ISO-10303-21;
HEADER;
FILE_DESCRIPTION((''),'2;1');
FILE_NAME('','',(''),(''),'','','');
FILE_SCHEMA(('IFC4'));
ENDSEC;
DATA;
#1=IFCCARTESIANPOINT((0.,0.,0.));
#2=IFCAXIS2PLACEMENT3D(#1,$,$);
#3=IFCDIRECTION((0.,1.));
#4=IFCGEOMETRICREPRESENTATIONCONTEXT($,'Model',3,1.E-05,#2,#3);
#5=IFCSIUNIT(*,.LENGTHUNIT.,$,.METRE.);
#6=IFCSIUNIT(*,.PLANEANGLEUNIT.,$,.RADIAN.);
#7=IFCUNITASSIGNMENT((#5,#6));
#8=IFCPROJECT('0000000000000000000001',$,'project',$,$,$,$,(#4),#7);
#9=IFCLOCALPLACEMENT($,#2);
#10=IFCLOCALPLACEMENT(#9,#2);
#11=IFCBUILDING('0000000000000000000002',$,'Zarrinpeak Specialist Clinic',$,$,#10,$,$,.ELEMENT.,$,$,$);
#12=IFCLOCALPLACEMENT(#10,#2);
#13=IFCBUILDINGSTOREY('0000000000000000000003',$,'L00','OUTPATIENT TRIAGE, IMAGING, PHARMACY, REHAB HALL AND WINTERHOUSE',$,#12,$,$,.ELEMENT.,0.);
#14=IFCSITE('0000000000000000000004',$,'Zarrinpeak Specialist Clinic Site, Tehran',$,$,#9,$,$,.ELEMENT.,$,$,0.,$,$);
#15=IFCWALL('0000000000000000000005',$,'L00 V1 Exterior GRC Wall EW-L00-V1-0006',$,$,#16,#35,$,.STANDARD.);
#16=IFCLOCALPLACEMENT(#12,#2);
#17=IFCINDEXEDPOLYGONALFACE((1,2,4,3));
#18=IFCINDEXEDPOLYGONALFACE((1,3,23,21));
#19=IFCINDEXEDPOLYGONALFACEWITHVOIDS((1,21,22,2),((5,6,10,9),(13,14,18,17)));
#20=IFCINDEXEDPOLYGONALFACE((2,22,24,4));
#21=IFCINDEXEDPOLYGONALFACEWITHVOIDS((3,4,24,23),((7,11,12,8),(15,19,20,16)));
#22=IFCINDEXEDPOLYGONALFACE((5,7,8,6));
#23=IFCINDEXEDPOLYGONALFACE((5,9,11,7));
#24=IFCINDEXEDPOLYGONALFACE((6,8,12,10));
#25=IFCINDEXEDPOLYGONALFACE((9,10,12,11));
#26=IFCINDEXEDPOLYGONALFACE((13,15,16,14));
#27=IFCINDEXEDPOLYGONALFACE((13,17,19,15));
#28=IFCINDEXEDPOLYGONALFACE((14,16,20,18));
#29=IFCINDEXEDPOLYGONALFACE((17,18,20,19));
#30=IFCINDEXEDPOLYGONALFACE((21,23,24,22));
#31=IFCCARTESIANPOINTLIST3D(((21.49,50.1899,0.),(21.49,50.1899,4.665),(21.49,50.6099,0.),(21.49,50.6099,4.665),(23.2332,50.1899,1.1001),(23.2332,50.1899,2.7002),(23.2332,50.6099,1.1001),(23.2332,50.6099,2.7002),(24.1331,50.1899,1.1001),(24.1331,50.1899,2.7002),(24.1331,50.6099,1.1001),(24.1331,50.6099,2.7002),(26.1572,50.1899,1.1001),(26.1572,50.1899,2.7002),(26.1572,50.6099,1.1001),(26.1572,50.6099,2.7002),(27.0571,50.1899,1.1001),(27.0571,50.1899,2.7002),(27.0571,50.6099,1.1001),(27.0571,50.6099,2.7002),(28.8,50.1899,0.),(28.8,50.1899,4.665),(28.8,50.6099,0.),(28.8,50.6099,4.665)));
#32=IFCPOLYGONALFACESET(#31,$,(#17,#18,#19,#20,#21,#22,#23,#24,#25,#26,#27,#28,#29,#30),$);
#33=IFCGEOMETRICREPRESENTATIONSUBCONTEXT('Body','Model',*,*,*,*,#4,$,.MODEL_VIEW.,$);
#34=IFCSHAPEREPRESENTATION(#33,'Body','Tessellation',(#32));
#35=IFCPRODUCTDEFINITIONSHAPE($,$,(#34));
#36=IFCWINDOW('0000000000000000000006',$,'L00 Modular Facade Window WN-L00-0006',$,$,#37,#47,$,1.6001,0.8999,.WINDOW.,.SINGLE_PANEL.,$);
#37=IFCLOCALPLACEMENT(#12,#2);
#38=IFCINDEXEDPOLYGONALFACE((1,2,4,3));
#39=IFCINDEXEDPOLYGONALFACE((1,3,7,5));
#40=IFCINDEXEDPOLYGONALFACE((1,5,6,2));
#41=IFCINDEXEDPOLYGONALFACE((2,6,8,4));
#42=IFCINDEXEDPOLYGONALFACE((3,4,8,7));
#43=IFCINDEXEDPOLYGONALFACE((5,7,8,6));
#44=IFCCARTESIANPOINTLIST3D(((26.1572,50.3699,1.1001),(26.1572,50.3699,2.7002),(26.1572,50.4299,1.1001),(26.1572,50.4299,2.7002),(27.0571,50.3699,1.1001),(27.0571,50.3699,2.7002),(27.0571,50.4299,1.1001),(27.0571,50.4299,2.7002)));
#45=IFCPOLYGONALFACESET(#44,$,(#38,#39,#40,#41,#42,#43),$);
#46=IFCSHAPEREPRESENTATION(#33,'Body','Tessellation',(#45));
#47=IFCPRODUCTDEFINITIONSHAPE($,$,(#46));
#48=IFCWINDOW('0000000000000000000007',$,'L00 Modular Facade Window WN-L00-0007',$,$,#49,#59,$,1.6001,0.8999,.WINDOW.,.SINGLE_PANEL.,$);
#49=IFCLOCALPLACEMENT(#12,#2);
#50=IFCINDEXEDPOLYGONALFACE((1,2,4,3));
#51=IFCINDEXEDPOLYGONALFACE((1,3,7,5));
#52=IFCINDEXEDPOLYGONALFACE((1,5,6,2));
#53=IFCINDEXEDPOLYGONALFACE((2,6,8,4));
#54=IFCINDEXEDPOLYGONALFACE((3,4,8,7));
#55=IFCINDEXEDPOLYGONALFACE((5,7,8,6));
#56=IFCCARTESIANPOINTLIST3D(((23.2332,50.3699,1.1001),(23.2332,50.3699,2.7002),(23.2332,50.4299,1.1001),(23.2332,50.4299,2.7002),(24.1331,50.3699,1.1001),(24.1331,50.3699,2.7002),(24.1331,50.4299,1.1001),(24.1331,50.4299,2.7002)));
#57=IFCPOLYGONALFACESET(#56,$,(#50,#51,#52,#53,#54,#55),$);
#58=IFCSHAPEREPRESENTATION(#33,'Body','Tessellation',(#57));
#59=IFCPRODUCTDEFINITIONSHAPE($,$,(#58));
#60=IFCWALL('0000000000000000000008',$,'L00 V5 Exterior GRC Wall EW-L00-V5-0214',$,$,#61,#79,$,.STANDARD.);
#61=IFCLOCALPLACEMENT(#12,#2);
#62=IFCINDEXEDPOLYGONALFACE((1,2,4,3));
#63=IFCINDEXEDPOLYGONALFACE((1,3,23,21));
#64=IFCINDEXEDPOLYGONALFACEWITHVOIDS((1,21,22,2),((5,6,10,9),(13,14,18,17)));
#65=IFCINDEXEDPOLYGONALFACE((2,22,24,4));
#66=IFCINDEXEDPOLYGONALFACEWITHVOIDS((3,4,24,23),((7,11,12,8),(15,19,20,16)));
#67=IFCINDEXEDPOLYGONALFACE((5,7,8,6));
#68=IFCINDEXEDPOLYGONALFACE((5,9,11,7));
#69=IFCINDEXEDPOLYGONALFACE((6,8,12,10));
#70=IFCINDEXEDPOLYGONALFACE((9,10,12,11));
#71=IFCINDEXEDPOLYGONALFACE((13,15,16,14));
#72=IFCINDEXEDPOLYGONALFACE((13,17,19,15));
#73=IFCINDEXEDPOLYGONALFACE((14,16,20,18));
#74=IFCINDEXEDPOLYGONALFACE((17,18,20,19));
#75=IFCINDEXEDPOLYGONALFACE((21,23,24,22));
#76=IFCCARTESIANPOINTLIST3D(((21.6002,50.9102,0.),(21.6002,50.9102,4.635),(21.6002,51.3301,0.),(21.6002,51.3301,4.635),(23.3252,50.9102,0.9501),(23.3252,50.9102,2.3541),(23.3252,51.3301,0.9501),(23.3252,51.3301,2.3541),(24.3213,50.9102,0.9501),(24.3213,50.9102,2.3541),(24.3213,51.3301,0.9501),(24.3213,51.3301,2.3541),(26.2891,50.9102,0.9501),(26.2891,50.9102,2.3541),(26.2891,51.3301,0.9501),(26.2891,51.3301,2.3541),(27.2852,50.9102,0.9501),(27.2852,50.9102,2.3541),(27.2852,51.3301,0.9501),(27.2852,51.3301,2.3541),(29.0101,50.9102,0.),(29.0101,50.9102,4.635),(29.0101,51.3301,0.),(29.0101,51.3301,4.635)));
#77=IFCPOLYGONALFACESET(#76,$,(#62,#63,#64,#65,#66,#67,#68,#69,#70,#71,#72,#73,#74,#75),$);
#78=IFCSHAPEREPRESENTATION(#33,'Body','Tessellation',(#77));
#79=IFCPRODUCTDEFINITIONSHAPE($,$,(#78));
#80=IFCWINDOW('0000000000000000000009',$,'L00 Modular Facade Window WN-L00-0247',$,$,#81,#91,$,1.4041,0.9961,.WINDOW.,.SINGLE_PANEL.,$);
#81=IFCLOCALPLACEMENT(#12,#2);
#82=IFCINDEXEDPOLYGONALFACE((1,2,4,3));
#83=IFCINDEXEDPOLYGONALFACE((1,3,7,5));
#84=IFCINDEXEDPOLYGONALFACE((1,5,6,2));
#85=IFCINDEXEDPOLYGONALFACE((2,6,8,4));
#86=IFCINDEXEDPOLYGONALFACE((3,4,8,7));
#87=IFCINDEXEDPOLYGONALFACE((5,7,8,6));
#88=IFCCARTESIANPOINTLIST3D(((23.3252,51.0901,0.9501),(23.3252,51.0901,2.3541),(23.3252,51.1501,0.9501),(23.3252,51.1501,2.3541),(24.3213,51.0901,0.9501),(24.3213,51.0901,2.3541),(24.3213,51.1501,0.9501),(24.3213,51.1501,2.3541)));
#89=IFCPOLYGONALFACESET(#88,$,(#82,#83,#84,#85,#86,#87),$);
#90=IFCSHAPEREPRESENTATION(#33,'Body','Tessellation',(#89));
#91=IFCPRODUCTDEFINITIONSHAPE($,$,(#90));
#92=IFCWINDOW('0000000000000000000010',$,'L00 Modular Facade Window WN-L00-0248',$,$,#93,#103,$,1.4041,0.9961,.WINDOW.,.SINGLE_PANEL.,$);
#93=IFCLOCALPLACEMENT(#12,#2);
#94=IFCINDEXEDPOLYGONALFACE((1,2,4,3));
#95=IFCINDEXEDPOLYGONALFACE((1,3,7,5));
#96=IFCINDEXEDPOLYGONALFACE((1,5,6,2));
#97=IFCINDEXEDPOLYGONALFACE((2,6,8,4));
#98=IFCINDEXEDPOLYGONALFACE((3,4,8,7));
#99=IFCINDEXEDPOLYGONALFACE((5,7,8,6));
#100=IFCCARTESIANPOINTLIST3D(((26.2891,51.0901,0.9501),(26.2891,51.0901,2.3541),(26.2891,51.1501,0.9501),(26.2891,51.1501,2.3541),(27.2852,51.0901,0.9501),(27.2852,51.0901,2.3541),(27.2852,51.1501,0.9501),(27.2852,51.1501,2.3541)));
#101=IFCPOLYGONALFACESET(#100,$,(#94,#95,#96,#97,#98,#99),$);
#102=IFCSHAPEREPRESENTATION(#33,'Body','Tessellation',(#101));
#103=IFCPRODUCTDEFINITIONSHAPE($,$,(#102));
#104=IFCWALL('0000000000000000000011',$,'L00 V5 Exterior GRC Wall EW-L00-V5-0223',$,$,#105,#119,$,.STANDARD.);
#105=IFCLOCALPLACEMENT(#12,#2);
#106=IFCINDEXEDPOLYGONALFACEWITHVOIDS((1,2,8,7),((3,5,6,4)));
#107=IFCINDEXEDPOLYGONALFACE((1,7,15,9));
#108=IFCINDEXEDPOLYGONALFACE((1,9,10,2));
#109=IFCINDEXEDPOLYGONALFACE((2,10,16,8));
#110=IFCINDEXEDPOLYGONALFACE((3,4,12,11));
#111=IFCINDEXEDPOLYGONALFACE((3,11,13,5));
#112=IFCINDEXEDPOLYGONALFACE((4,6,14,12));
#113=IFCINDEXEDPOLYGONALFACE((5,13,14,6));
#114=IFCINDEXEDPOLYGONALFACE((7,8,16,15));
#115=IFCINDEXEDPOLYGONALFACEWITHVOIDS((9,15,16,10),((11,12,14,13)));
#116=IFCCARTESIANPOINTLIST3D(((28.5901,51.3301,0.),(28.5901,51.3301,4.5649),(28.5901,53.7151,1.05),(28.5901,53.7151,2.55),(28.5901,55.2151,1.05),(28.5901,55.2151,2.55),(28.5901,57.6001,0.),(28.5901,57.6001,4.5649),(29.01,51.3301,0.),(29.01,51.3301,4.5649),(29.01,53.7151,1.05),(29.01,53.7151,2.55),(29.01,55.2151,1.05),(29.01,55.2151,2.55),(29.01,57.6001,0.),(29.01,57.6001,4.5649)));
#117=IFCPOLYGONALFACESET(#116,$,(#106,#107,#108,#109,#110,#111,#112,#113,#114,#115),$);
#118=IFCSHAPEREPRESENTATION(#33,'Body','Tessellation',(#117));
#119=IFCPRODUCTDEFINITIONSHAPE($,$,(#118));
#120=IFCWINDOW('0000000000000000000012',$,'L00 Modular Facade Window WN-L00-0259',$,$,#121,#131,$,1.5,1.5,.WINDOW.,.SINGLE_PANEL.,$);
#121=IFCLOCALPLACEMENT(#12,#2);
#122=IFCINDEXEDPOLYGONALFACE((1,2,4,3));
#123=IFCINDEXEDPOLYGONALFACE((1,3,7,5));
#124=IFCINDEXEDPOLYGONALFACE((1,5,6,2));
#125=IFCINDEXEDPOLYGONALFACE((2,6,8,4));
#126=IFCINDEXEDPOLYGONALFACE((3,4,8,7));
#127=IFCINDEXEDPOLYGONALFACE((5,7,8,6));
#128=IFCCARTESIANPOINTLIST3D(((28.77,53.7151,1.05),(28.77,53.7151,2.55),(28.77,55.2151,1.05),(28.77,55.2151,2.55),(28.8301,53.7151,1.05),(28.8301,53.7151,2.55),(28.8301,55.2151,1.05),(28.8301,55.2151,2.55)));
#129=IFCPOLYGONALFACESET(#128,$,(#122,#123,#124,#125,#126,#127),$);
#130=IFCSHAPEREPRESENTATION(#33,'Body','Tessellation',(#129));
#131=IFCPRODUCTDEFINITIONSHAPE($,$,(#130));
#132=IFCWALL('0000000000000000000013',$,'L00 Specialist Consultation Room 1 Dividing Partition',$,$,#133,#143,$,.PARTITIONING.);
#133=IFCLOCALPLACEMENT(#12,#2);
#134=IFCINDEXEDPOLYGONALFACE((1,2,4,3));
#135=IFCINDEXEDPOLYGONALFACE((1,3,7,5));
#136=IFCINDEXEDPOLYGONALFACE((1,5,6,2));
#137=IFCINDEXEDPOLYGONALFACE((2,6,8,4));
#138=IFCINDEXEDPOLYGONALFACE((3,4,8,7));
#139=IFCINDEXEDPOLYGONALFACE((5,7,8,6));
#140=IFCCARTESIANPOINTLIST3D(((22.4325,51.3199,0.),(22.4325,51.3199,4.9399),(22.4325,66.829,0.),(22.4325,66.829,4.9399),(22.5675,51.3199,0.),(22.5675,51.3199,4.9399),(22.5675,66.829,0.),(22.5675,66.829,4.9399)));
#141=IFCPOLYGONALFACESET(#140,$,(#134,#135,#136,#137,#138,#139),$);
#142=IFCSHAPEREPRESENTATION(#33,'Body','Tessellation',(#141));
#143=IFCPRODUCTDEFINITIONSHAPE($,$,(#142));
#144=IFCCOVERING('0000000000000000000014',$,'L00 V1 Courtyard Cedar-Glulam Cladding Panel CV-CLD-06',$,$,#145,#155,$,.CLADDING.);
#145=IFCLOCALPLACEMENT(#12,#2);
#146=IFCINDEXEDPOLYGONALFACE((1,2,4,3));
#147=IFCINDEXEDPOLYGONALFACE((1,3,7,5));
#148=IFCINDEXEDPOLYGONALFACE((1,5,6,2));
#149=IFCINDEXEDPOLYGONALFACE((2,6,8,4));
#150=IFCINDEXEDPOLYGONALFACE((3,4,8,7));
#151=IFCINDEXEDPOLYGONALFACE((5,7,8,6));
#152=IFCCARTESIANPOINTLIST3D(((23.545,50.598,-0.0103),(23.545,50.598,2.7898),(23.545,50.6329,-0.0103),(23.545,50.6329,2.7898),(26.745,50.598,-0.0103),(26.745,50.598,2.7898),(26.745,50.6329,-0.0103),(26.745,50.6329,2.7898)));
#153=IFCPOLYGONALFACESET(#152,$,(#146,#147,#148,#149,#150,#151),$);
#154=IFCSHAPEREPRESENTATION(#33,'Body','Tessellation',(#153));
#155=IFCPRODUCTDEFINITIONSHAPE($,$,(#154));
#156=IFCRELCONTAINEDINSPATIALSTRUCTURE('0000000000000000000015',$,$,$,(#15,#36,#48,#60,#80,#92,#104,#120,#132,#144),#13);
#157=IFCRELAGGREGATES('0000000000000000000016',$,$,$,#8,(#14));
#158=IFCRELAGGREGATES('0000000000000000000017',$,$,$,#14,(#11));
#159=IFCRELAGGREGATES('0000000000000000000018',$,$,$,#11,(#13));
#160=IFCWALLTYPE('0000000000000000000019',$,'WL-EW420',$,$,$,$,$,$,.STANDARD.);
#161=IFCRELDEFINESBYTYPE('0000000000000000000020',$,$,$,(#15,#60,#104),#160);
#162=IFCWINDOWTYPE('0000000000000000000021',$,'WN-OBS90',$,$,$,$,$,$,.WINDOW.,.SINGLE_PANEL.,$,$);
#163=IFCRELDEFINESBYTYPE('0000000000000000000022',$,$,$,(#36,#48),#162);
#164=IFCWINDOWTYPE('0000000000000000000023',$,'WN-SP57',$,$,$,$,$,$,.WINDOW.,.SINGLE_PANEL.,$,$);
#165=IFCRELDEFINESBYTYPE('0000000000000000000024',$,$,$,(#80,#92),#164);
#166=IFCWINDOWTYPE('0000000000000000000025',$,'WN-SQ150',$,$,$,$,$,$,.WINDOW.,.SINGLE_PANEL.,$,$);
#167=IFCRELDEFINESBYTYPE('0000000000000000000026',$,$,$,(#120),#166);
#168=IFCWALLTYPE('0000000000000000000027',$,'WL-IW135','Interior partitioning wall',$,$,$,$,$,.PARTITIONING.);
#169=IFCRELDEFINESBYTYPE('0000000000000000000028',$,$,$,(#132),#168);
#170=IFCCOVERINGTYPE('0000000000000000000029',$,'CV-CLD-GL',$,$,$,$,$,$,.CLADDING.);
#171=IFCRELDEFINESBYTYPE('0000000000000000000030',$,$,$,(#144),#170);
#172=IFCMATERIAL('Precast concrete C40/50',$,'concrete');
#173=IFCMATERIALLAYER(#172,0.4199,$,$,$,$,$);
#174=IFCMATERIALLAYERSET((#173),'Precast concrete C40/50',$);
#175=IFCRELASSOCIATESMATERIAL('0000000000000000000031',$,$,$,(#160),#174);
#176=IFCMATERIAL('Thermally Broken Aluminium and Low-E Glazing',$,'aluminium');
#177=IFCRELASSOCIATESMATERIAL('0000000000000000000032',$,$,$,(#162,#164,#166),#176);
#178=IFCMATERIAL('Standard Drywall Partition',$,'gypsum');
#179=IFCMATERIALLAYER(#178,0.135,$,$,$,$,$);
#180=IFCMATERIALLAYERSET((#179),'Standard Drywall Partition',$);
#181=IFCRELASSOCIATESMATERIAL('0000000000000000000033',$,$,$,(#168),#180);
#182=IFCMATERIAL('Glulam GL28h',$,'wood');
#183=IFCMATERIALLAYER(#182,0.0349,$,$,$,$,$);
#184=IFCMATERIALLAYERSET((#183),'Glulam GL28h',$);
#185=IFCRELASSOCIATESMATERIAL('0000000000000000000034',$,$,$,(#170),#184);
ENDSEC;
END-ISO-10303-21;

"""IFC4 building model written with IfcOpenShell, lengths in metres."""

from ifc_helpers import new_model, si_unit, direction, frame, frame_2d, origin, origin_2d, place, context, subcontext, project, spatial, rectangle, extrude, material, layer, layer_set, type_object, element, fill, save


model = new_model("IFC4")

# Units and contexts
model_context = context("Model", 3, precision=1e-05, world=origin(), true_north=direction((0.0, 1.0)))
body_context = subcontext(model_context, "Body", "Model", "MODEL_VIEW")
ifc_project = project(units=[si_unit("LENGTHUNIT", "METRE"), si_unit("PLANEANGLEUNIT", "RADIAN")], contexts=[model_context])

# Site, building, storey
site_placement = place(None, origin())
site = spatial("IfcSite", under=ifc_project, at=site_placement, Name="Zarrinpeak Specialist Clinic Site, Tehran", CompositionType="ELEMENT", RefElevation=0.0)
building_placement = place(site_placement, origin())
building = spatial("IfcBuilding", under=site, at=building_placement, Name="Zarrinpeak Specialist Clinic", CompositionType="ELEMENT")
storey_placement = place(building_placement, origin())
storey = spatial("IfcBuildingStorey", under=building, at=storey_placement, Name="L00", Description="OUTPATIENT TRIAGE, IMAGING, PHARMACY, REHAB HALL AND WINTERHOUSE", CompositionType="ELEMENT", Elevation=0.0)

# Walls, openings, windows
ifc_material_1 = material(Name="Precast concrete C40/50", Category="concrete")
ifc_layer_1 = layer(ifc_material_1, 0.4199)
ifc_layer_set_1 = layer_set([ifc_layer_1], Name="Precast concrete C40/50")
wall_type_1 = type_object("IfcWallType", Name="WL-EW420", PredefinedType="STANDARD", material=ifc_layer_set_1)
wall_1_placement = place(storey_placement, frame((28.8, 50.3999, 0.0), z_axis=(0.0, 0.0, 1.0), x_axis=(-1.0, 0.0, 0.0)))
wall_1 = element("IfcWall", 1, at=wall_1_placement, inside=storey, type_object=wall_type_1, Name="L00 V1 Exterior GRC Wall EW-L00-V1-0006", PredefinedType="STANDARD", context=body_context, shape_type="SweptSolid", body=[
    extrude(rectangle(XDim=7.3101, YDim=0.4199, at=frame_2d((3.655, 0.0))), origin(), (0.0, 0.0, 1.0), 4.665),
])
opening_1_placement = place(wall_1_placement, frame((1.7429, 0.0, 1.1001)))
opening_1 = element("IfcOpeningElement", 2, at=opening_1_placement, cuts=wall_1, PredefinedType="OPENING", context=body_context, shape_type="SweptSolid", body=[
    extrude(rectangle(XDim=0.8999, YDim=1.6001, at=frame_2d((0.45, 0.8))), frame((0.0, 0.22, 0.0), z_axis=(0.0, -1.0, 0.0), x_axis=(1.0, 0.0, 0.0)), (0.0, 0.0, 1.0), 0.4399),
])
opening_2_placement = place(wall_1_placement, frame((4.667, 0.0, 1.1001)))
opening_2 = element("IfcOpeningElement", 3, at=opening_2_placement, cuts=wall_1, PredefinedType="OPENING", context=body_context, shape_type="SweptSolid", body=[
    extrude(rectangle(XDim=0.8999, YDim=1.6001, at=frame_2d((0.45, 0.8))), frame((0.0, 0.22, 0.0), z_axis=(0.0, -1.0, 0.0), x_axis=(1.0, 0.0, 0.0)), (0.0, 0.0, 1.0), 0.4399),
])
ifc_material_2 = material(Name="Thermally Broken Aluminium and Low-E Glazing", Category="aluminium")
window_type_1 = type_object("IfcWindowType", Name="WN-OBS90", PartitioningType="SINGLE_PANEL", PredefinedType="WINDOW", material=ifc_material_2)
window_1_placement = place(opening_1_placement, origin())
window_1 = element("IfcWindow", 4, at=window_1_placement, inside=storey, type_object=window_type_1, Name="L00 Modular Facade Window WN-L00-0006", OverallHeight=1.6001, OverallWidth=0.8999, PartitioningType="SINGLE_PANEL", PredefinedType="WINDOW", context=body_context, shape_type="SweptSolid", body=[
    extrude(rectangle(XDim=0.8999, YDim=1.6001, at=frame_2d((0.45, 0.8))), frame((0.0, 0.03, 0.0), z_axis=(0.0, -1.0, 0.0), x_axis=(1.0, 0.0, 0.0)), (0.0, 0.0, 1.0), 0.0601),
])
fill(opening_1, window_1)
window_2_placement = place(opening_2_placement, origin())
window_2 = element("IfcWindow", 5, at=window_2_placement, inside=storey, type_object=window_type_1, Name="L00 Modular Facade Window WN-L00-0007", OverallHeight=1.6001, OverallWidth=0.8999, PartitioningType="SINGLE_PANEL", PredefinedType="WINDOW", context=body_context, shape_type="SweptSolid", body=[
    extrude(rectangle(XDim=0.8999, YDim=1.6001, at=frame_2d((0.45, 0.8))), frame((0.0, 0.03, 0.0), z_axis=(0.0, -1.0, 0.0), x_axis=(1.0, 0.0, 0.0)), (0.0, 0.0, 1.0), 0.0601),
])
fill(opening_2, window_2)
wall_2_placement = place(storey_placement, frame((21.6001, 51.1201, 0.0), z_axis=(0.0, 0.0, 1.0), x_axis=(1.0, 0.0, 0.0)))
wall_2 = element("IfcWall", 6, at=wall_2_placement, inside=storey, type_object=wall_type_1, Name="L00 V5 Exterior GRC Wall EW-L00-V5-0214", PredefinedType="STANDARD", context=body_context, shape_type="SweptSolid", body=[
    extrude(rectangle(XDim=7.4099, YDim=0.4199, at=frame_2d((3.7051, 0.0))), origin(), (0.0, 0.0, 1.0), 4.635),
])
opening_3_placement = place(wall_2_placement, frame((1.7251, 0.0, 0.95)))
opening_3 = element("IfcOpeningElement", 7, at=opening_3_placement, cuts=wall_2, PredefinedType="OPENING", context=body_context, shape_type="SweptSolid", body=[
    extrude(rectangle(XDim=0.9961, YDim=1.4041, at=frame_2d((0.498, 0.7021))), frame((0.0, 0.22, 0.0), z_axis=(0.0, -1.0, 0.0), x_axis=(1.0, 0.0, 0.0)), (0.0, 0.0, 1.0), 0.4399),
])
opening_4_placement = place(wall_2_placement, frame((4.689, 0.0, 0.95)))
opening_4 = element("IfcOpeningElement", 8, at=opening_4_placement, cuts=wall_2, PredefinedType="OPENING", context=body_context, shape_type="SweptSolid", body=[
    extrude(rectangle(XDim=0.9961, YDim=1.4041, at=frame_2d((0.498, 0.7021))), frame((0.0, 0.22, 0.0), z_axis=(0.0, -1.0, 0.0), x_axis=(1.0, 0.0, 0.0)), (0.0, 0.0, 1.0), 0.4399),
])
window_type_2 = type_object("IfcWindowType", Name="WN-SP57", PartitioningType="SINGLE_PANEL", PredefinedType="WINDOW", material=ifc_material_2)
window_3_placement = place(opening_3_placement, origin())
window_3 = element("IfcWindow", 9, at=window_3_placement, inside=storey, type_object=window_type_2, Name="L00 Modular Facade Window WN-L00-0247", OverallHeight=1.4041, OverallWidth=0.9961, PartitioningType="SINGLE_PANEL", PredefinedType="WINDOW", context=body_context, shape_type="SweptSolid", body=[
    extrude(rectangle(XDim=0.9961, YDim=1.4041, at=frame_2d((0.498, 0.7021))), frame((0.0, 0.03, 0.0), z_axis=(0.0, -1.0, 0.0), x_axis=(1.0, 0.0, 0.0)), (0.0, 0.0, 1.0), 0.0601),
])
fill(opening_3, window_3)
window_4_placement = place(opening_4_placement, origin())
window_4 = element("IfcWindow", 10, at=window_4_placement, inside=storey, type_object=window_type_2, Name="L00 Modular Facade Window WN-L00-0248", OverallHeight=1.4041, OverallWidth=0.9961, PartitioningType="SINGLE_PANEL", PredefinedType="WINDOW", context=body_context, shape_type="SweptSolid", body=[
    extrude(rectangle(XDim=0.9961, YDim=1.4041, at=frame_2d((0.498, 0.7021))), frame((0.0, 0.03, 0.0), z_axis=(0.0, -1.0, 0.0), x_axis=(1.0, 0.0, 0.0)), (0.0, 0.0, 1.0), 0.0601),
])
fill(opening_4, window_4)

# Wall, opening, window
wall_3_placement = place(storey_placement, frame((28.8, 51.3301, 0.0), z_axis=(0.0, 0.0, 1.0), x_axis=(0.0, 1.0, 0.0)))
wall_3 = element("IfcWall", 11, at=wall_3_placement, inside=storey, type_object=wall_type_1, Name="L00 V5 Exterior GRC Wall EW-L00-V5-0223", PredefinedType="STANDARD", context=body_context, shape_type="SweptSolid", body=[
    extrude(rectangle(XDim=6.27, YDim=0.4199, at=frame_2d((3.135, 0.0))), origin(), (0.0, 0.0, 1.0), 4.5649),
])
opening_5_placement = place(wall_3_placement, frame((2.385, 0.0, 1.05)))
opening_5 = element("IfcOpeningElement", 12, at=opening_5_placement, cuts=wall_3, PredefinedType="OPENING", context=body_context, shape_type="SweptSolid", body=[
    extrude(rectangle(XDim=1.5, YDim=1.5, at=frame_2d((0.75, 0.75))), frame((0.0, 0.22, 0.0), z_axis=(0.0, -1.0, 0.0), x_axis=(1.0, 0.0, 0.0)), (0.0, 0.0, 1.0), 0.4399),
])
window_type_3 = type_object("IfcWindowType", Name="WN-SQ150", PartitioningType="SINGLE_PANEL", PredefinedType="WINDOW", material=ifc_material_2)
window_5_placement = place(opening_5_placement, origin())
window_5 = element("IfcWindow", 13, at=window_5_placement, inside=storey, type_object=window_type_3, Name="L00 Modular Facade Window WN-L00-0259", OverallHeight=1.5, OverallWidth=1.5, PartitioningType="SINGLE_PANEL", PredefinedType="WINDOW", context=body_context, shape_type="SweptSolid", body=[
    extrude(rectangle(XDim=1.5, YDim=1.5, at=frame_2d((0.75, 0.75))), frame((0.0, 0.03, 0.0), z_axis=(0.0, -1.0, 0.0), x_axis=(1.0, 0.0, 0.0)), (0.0, 0.0, 1.0), 0.0601),
])
fill(opening_5, window_5)

# Wall
ifc_material_3 = material(Name="Standard Drywall Partition", Category="gypsum")
ifc_layer_2 = layer(ifc_material_3, 0.135)
ifc_layer_set_2 = layer_set([ifc_layer_2], Name="Standard Drywall Partition")
wall_type_2 = type_object("IfcWallType", Name="WL-IW135", Description="Interior partitioning wall", PredefinedType="PARTITIONING", material=ifc_layer_set_2)
wall_4_placement = place(storey_placement, frame((22.5, 51.3201, 0.0), z_axis=(0.0, 0.0, 1.0), x_axis=(0.0, 1.0, 0.0)))
element("IfcWall", 14, at=wall_4_placement, inside=storey, type_object=wall_type_2, Name="L00 Specialist Consultation Room 1 Dividing Partition", PredefinedType="PARTITIONING", context=body_context, shape_type="SweptSolid", body=[
    extrude(rectangle(XDim=15.509, YDim=0.135, at=frame_2d((7.7544, 0.0))), origin(), (0.0, 0.0, 1.0), 4.9399),
])

# Covering
ifc_material_4 = material(Name="Glulam GL28h", Category="wood")
ifc_layer_3 = layer(ifc_material_4, 0.0349)
ifc_layer_set_3 = layer_set([ifc_layer_3], Name="Glulam GL28h")
covering_type = type_object("IfcCoveringType", Name="CV-CLD-GL", PredefinedType="CLADDING", material=ifc_layer_set_3)
covering_placement = place(storey_placement, frame((25.145, 50.6155, -0.0103), z_axis=(0.0, 0.0, 1.0), x_axis=(1.0, 0.0, 0.0)))
element("IfcCovering", 15, at=covering_placement, inside=storey, type_object=covering_type, Name="L00 V1 Courtyard Cedar-Glulam Cladding Panel CV-CLD-06", PredefinedType="CLADDING", context=body_context, shape_type="SweptSolid", body=[
    extrude(rectangle(XDim=3.2, YDim=0.0349, at=origin_2d()), origin(), (0.0, 0.0, 1.0), 2.8),
])

save(model, "model.ifc")
